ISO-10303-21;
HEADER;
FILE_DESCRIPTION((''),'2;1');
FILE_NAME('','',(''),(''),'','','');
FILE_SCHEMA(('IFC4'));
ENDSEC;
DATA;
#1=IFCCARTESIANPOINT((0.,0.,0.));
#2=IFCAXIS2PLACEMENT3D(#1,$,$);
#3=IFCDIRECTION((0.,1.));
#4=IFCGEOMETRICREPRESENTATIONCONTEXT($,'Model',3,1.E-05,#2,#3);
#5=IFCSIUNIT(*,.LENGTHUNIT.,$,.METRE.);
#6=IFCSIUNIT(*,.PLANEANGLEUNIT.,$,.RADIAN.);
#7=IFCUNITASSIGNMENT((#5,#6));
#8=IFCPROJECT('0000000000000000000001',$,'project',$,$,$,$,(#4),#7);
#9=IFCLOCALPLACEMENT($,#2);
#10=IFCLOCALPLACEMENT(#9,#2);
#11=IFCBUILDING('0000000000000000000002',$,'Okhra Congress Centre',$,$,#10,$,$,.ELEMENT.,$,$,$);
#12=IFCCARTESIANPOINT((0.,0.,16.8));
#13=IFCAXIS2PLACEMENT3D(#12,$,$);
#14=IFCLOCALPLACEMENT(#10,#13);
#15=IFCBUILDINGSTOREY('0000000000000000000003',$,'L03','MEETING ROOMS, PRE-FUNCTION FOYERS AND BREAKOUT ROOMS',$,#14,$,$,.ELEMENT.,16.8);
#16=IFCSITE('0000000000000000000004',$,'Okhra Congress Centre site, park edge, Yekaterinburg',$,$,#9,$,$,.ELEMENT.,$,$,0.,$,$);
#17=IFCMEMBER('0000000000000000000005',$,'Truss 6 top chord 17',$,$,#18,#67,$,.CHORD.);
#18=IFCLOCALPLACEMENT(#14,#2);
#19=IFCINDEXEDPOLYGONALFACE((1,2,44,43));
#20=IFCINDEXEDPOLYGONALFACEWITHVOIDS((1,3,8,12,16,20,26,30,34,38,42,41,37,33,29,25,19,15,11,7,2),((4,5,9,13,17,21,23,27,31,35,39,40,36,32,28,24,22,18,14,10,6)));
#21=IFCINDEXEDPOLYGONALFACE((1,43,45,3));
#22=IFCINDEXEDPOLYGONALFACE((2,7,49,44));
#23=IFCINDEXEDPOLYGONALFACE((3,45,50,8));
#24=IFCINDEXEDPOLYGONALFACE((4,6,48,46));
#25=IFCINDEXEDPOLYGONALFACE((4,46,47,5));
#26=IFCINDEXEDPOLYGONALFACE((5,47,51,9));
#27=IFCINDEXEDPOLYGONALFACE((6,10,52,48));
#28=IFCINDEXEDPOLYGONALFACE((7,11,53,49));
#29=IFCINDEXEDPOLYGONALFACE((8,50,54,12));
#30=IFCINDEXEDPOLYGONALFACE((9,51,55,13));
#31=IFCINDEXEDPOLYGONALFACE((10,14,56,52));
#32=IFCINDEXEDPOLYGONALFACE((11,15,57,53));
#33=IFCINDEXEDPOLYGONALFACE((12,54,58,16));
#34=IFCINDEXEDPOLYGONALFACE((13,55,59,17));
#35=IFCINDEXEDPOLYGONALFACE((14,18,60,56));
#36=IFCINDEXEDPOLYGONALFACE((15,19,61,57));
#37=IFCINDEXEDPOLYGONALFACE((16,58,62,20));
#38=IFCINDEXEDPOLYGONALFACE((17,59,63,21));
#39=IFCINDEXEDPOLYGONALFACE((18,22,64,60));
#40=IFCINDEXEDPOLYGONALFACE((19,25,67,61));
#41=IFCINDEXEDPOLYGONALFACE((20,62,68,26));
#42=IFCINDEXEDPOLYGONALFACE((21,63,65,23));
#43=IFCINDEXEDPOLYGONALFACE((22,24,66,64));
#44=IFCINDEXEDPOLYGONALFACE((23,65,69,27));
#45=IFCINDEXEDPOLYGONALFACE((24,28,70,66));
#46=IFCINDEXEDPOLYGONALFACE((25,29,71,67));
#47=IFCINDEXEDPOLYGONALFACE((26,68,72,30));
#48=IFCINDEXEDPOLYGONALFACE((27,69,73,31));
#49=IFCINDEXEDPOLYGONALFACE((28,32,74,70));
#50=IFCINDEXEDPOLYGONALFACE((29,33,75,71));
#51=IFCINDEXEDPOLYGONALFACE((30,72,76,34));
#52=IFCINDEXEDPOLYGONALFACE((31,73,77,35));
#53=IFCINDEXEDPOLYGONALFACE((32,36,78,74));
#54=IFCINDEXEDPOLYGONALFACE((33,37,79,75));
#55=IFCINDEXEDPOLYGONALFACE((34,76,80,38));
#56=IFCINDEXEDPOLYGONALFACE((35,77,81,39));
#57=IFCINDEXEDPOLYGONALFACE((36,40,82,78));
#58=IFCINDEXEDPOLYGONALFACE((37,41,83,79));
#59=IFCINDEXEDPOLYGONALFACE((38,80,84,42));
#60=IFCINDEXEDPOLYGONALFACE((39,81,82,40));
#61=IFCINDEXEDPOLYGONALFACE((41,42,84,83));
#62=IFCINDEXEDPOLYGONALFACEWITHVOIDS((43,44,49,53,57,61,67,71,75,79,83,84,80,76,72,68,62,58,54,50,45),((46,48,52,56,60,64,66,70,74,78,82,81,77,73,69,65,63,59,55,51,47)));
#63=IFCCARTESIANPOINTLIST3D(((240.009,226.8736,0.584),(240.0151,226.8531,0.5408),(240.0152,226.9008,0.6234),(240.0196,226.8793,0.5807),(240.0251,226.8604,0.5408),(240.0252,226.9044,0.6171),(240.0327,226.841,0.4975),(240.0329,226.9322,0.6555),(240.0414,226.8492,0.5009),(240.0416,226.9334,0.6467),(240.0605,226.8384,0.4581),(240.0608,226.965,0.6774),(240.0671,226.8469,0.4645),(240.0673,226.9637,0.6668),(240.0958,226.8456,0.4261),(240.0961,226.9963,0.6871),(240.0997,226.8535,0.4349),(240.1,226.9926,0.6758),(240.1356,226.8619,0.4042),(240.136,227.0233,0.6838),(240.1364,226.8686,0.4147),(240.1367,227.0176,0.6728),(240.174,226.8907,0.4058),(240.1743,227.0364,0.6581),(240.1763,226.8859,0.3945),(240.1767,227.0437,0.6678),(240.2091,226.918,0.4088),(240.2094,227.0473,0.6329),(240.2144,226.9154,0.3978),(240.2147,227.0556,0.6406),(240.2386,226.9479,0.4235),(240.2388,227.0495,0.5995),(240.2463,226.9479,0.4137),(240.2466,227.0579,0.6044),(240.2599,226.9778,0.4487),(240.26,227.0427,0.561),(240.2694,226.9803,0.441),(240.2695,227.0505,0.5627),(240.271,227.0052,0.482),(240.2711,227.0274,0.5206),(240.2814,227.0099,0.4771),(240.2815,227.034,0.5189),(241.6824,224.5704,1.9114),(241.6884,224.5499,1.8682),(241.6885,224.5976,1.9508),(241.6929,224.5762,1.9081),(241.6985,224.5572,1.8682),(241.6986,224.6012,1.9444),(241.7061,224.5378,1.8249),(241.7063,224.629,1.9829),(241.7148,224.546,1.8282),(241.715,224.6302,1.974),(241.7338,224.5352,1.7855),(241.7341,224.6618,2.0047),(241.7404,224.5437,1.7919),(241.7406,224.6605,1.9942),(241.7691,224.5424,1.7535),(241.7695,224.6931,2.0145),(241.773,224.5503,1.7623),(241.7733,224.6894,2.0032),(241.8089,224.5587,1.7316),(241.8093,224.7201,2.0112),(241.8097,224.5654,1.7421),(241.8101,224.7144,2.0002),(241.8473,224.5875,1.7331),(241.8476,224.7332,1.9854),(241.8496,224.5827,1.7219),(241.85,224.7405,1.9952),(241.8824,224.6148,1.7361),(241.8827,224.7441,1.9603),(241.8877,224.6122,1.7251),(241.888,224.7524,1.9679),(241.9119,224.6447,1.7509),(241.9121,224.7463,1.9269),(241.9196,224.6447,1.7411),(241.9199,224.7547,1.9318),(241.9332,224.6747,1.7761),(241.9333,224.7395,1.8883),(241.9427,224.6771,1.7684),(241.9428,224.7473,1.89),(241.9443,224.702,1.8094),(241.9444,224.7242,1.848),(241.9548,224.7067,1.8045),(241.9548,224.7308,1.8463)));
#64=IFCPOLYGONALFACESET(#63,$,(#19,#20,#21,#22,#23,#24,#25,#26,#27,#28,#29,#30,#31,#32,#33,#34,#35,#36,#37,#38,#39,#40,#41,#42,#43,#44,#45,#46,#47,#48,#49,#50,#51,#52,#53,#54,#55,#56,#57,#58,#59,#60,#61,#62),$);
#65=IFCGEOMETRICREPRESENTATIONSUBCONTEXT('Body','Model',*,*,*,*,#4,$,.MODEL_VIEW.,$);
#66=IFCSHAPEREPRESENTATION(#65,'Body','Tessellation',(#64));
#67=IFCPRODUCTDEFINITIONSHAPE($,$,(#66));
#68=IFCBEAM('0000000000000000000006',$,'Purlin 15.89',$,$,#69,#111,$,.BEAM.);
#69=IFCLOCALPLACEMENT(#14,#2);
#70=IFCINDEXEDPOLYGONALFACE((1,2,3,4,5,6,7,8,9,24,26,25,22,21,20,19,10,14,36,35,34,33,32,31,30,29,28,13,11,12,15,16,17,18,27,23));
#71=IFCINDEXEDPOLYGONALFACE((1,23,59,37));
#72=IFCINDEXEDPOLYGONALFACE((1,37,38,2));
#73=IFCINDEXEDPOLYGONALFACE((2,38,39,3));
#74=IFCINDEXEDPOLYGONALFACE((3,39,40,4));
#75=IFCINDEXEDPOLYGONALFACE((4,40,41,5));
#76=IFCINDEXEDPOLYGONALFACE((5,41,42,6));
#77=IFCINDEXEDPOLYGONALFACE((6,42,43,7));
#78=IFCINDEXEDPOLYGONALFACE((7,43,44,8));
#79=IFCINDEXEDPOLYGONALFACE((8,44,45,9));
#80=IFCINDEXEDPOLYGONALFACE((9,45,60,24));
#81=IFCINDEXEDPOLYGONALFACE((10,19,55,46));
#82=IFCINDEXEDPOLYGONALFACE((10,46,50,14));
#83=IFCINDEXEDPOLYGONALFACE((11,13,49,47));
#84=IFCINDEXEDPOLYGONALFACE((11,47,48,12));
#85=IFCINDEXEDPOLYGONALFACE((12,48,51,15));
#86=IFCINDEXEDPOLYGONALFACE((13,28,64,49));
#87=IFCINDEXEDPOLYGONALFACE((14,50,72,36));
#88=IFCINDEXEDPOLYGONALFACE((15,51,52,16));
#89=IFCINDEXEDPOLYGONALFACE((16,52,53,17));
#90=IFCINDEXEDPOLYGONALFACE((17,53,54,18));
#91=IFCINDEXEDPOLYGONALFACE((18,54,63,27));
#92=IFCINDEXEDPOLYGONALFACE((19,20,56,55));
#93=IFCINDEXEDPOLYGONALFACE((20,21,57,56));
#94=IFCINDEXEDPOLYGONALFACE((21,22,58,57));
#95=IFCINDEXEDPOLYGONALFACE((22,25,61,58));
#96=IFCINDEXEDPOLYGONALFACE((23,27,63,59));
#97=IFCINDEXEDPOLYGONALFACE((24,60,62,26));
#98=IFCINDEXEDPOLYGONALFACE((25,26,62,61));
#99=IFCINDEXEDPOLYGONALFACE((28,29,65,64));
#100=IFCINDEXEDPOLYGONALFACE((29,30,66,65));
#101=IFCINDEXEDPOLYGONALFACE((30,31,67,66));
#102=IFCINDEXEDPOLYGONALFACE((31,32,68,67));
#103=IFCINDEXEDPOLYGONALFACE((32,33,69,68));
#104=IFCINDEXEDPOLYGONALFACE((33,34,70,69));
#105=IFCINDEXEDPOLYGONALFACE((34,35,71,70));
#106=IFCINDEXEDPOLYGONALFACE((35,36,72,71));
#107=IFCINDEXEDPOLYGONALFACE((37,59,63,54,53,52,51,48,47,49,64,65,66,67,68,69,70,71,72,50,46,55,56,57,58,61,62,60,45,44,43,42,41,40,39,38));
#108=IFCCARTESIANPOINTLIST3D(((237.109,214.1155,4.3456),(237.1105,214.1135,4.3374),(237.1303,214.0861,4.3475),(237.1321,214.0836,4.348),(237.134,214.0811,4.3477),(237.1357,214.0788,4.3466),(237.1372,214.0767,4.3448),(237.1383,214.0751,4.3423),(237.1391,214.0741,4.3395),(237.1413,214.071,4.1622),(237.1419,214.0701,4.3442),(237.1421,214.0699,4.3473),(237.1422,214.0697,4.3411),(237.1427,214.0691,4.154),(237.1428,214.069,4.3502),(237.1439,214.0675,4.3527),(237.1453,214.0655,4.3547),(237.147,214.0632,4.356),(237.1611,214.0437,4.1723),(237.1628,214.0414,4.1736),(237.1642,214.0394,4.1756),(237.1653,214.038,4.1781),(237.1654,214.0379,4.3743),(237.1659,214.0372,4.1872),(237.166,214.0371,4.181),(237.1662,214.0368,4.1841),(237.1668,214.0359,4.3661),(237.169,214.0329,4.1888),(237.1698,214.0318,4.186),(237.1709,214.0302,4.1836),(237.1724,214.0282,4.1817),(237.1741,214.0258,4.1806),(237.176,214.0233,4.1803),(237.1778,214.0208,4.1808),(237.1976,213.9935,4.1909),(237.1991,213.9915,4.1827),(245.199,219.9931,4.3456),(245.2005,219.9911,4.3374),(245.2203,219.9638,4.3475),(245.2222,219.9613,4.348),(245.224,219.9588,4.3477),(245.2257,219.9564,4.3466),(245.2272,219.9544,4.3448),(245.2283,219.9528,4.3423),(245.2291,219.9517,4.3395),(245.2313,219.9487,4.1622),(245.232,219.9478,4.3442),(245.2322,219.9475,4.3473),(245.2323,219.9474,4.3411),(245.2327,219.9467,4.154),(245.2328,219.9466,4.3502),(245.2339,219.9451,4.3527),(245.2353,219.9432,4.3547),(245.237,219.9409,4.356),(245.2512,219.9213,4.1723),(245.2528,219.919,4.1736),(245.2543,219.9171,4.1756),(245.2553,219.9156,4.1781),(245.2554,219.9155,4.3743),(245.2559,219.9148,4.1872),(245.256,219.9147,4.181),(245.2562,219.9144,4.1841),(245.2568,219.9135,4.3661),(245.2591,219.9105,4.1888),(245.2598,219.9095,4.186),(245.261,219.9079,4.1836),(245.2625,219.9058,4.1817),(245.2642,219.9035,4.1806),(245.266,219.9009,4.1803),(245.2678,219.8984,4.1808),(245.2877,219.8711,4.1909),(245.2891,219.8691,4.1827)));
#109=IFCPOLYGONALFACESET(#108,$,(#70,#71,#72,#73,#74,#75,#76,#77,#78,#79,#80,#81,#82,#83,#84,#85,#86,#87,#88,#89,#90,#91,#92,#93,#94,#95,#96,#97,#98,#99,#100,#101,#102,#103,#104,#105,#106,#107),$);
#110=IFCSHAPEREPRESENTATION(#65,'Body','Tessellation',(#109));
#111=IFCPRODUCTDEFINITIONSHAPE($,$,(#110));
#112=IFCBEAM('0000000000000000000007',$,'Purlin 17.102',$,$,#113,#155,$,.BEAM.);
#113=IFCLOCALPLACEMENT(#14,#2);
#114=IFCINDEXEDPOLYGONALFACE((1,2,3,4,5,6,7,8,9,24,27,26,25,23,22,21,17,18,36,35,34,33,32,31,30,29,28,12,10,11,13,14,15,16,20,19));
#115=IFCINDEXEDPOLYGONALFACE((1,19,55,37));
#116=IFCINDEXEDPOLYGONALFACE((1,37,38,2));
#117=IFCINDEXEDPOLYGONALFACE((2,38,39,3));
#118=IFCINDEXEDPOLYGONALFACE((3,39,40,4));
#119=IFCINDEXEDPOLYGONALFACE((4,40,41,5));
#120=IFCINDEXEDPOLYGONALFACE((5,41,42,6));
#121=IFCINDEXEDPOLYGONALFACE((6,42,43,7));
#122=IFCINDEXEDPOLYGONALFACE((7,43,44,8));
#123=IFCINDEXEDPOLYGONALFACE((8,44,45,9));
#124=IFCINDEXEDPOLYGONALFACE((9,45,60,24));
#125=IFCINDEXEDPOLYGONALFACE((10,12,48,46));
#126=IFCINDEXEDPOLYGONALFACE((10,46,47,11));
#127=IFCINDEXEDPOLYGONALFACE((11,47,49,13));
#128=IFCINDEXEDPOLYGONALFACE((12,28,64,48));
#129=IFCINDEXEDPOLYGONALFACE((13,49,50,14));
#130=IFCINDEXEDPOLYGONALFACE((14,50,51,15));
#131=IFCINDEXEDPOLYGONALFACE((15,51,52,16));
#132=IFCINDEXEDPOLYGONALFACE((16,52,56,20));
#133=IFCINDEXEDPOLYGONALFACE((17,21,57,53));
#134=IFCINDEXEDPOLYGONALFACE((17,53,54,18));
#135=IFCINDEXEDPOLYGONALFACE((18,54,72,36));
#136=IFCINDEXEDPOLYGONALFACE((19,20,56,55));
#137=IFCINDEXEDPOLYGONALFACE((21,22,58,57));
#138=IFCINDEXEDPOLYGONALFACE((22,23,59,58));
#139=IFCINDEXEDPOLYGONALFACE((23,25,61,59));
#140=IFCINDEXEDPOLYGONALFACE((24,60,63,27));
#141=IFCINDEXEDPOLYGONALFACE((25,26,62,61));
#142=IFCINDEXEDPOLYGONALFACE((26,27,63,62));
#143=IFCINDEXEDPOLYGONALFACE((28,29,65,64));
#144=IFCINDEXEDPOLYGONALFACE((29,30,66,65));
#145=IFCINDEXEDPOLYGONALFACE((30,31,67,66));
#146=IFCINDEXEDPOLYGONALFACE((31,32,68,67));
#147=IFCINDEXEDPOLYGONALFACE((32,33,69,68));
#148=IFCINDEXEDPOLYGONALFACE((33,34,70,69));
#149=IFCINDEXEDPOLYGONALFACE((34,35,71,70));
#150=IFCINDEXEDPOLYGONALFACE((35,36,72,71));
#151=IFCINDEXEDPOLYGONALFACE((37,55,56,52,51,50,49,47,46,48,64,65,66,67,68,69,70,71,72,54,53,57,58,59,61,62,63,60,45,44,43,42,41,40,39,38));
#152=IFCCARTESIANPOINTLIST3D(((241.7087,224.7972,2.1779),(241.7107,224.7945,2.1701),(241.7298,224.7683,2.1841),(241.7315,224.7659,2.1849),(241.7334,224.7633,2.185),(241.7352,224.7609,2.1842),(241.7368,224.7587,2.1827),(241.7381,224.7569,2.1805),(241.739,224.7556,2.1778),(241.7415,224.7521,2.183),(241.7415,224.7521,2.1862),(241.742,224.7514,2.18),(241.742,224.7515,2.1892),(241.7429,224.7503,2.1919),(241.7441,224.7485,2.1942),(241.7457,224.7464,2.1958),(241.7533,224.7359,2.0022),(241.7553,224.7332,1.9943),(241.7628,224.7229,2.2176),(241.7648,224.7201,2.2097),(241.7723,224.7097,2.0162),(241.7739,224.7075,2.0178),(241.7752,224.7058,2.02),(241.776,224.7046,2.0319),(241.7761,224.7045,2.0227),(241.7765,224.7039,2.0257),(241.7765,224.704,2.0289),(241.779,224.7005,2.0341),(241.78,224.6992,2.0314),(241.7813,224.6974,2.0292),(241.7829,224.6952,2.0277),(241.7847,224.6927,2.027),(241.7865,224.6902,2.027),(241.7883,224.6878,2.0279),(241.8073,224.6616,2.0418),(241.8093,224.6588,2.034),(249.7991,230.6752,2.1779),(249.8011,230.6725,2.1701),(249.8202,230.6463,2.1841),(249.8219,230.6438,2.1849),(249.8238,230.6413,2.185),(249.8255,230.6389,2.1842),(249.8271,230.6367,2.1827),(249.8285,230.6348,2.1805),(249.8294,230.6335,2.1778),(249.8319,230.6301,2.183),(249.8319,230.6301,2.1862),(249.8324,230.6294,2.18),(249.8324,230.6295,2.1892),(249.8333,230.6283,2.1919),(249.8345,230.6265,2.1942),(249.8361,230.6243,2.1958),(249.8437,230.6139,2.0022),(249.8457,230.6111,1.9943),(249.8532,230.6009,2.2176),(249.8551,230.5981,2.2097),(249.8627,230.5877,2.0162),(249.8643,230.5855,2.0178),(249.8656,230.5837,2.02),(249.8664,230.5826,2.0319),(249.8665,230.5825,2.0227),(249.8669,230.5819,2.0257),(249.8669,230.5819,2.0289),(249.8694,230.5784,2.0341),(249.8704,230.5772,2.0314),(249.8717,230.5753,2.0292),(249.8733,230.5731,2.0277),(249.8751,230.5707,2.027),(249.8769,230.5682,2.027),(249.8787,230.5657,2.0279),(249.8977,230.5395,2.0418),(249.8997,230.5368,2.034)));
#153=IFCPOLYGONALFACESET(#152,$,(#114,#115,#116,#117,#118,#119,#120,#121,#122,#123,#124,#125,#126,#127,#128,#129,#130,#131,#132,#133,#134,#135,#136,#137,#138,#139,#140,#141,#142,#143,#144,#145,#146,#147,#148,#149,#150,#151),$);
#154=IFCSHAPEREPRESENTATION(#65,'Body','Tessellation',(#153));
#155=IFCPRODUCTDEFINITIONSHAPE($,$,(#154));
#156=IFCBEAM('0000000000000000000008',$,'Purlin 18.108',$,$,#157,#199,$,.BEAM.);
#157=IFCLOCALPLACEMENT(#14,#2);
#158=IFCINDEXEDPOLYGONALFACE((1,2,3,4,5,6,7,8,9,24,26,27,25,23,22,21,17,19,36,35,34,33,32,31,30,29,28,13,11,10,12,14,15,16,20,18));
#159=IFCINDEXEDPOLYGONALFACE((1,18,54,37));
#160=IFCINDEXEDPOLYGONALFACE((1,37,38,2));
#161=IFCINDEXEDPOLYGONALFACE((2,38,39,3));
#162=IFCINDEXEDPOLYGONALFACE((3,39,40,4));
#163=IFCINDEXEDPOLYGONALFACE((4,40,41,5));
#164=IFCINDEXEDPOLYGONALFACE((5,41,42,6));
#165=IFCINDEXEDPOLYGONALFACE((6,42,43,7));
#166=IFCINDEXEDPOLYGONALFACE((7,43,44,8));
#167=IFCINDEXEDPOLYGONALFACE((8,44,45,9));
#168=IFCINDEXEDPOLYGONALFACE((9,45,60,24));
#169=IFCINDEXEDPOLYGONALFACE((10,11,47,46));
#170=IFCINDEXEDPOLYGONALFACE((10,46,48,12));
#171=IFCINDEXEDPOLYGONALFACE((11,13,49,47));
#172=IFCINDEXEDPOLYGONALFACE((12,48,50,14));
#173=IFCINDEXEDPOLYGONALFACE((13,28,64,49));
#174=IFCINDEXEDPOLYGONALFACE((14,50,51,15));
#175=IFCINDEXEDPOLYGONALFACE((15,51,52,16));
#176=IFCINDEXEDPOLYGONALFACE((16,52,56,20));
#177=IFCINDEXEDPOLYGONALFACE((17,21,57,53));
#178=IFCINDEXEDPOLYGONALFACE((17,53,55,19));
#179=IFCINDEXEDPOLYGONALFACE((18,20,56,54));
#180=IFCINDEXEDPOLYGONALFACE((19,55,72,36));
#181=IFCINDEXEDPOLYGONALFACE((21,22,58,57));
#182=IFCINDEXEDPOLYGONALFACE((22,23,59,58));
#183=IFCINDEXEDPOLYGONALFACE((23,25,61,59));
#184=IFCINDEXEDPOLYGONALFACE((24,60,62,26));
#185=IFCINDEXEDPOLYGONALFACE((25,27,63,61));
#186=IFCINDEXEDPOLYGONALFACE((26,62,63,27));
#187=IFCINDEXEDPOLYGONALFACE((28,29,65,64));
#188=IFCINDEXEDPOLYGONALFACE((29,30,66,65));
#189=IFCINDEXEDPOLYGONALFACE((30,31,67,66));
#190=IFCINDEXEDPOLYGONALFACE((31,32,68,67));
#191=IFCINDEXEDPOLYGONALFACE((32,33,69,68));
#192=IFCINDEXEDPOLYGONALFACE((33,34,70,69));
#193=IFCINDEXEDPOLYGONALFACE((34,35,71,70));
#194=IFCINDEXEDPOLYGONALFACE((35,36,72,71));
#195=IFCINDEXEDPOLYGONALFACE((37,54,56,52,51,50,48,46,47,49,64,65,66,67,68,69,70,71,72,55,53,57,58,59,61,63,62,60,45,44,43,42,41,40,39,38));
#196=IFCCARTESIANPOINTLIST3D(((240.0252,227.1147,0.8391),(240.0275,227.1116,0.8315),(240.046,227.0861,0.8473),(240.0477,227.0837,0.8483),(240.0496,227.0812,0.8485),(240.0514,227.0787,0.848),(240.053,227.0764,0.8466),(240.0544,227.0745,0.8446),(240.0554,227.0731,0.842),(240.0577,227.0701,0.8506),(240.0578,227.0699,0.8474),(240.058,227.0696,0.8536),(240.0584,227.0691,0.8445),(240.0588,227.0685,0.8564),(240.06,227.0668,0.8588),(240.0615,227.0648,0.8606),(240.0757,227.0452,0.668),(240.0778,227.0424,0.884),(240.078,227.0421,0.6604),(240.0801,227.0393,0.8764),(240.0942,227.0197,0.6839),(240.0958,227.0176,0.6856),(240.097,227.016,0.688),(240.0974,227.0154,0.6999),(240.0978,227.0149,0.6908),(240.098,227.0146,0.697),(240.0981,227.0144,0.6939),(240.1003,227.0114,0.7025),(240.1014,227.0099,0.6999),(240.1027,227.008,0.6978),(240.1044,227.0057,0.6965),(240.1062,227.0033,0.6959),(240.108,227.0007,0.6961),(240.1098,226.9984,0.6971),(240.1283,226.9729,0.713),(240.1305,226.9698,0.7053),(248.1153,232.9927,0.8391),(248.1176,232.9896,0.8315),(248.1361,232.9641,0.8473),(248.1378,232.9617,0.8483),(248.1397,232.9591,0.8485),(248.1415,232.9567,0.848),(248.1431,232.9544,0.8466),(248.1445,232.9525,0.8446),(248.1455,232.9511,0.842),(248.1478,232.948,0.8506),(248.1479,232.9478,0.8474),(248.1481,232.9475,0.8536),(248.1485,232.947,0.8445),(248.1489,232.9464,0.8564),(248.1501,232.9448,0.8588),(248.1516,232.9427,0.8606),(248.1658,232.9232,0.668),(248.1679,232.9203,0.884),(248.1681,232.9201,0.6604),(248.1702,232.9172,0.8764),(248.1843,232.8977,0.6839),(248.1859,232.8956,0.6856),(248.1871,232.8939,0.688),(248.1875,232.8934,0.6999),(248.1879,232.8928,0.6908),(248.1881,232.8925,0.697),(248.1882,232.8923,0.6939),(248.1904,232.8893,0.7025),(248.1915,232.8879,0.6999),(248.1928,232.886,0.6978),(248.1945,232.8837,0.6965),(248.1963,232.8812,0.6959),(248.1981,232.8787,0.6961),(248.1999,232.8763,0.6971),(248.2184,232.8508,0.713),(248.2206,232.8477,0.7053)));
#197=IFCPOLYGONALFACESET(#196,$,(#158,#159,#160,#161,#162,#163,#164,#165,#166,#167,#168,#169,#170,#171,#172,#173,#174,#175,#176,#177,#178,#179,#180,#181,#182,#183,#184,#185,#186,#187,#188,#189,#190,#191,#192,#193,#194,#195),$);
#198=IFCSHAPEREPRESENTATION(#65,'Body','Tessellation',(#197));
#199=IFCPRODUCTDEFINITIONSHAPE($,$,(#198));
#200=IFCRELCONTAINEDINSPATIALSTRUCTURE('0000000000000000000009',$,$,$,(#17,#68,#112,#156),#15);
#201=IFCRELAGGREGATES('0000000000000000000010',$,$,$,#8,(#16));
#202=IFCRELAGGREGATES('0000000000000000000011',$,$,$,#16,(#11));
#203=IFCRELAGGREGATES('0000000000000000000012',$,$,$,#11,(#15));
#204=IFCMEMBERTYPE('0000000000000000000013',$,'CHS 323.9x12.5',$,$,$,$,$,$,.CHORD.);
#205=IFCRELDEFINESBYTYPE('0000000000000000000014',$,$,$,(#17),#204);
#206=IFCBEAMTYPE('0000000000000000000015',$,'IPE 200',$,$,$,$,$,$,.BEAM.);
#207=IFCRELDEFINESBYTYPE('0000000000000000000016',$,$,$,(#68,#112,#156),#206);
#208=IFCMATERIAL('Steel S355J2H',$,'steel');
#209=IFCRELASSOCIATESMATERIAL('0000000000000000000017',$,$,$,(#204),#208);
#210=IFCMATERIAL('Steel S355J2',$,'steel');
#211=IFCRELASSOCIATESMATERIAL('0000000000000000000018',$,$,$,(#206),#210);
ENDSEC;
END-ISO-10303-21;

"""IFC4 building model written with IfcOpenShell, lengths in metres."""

from ifc_helpers import new_model, si_unit, direction, frame, origin, origin_2d, place, context, subcontext, project, spatial, hollow_circle, i_section, extrude, material, material_profile, profile_set, type_object, element, save


model = new_model("IFC4")

# Units and contexts
model_context = context("Model", 3, precision=1e-05, world=origin(), true_north=direction((0.0, 1.0)))
body_context = subcontext(model_context, "Body", "Model", "MODEL_VIEW")
ifc_project = project(units=[si_unit("LENGTHUNIT", "METRE"), si_unit("PLANEANGLEUNIT", "RADIAN")], contexts=[model_context])

# Site, building, storey
site_placement = place(None, origin())
site = spatial("IfcSite", under=ifc_project, at=site_placement, Name="Okhra Congress Centre site, park edge, Yekaterinburg", CompositionType="ELEMENT", RefElevation=0.0)
building_placement = place(site_placement, origin())
building = spatial("IfcBuilding", under=site, at=building_placement, Name="Okhra Congress Centre", CompositionType="ELEMENT")
storey_placement = place(building_placement, frame((0.0, 0.0, 16.8)))
storey = spatial("IfcBuildingStorey", under=building, at=storey_placement, Name="L03", Description="MEETING ROOMS, PRE-FUNCTION FOYERS AND BREAKOUT ROOMS", CompositionType="ELEMENT", Elevation=16.8)

# Member
ifc_material_1 = material(Name="Steel S355J2H", Category="steel")
ifc_material_profile_1 = material_profile(ifc_material_1, hollow_circle(Radius=0.1619, WallThickness=0.0125, at=origin_2d()), Name="CHS 323.9x12.5")
ifc_profile_set_1 = profile_set([ifc_material_profile_1], Name="Steel S355J2H")
member_type_1 = type_object("IfcMemberType", Name="CHS 323.9x12.5", PredefinedType="CHORD", material=ifc_profile_set_1)
member_1_placement = place(storey_placement, frame((241.8193, 224.645, 1.8682), z_axis=(-0.532714, 0.73324, -0.422581), x_axis=(-0.809025, -0.587774, 0.0)))
element("IfcMember", 1, at=member_1_placement, inside=storey, type_object=member_type_1, Name="Truss 6 top chord 17", PredefinedType="CHORD", context=body_context, shape_type="SweptSolid", body=[
    extrude(hollow_circle(Radius=0.1619, WallThickness=0.0125, at=origin_2d()), origin(), (0.0, 0.0, 1.0), 3.1411),
])

# Beams
ifc_material_2 = material(Name="Steel S355J2", Category="steel")
ifc_material_profile_2 = material_profile(ifc_material_2, i_section(OverallWidth=0.1001, OverallDepth=0.2, WebThickness=0.0056, FlangeThickness=0.0085, FilletRadius=0.012, at=origin_2d()), Name="IPE 200")
ifc_profile_set_2 = profile_set([ifc_material_profile_2], Name="Steel S355J2")
beam_type = type_object("IfcBeamType", Name="IPE 200", PredefinedType="BEAM", material=ifc_profile_set_2)
beam_1_placement = place(storey_placement, frame((237.1541, 214.0535, 4.2642), z_axis=(0.809022, 0.587778, 0.0), x_axis=(-0.563085, 0.775035, -0.286803)))
element("IfcBeam", 2, at=beam_1_placement, inside=storey, type_object=beam_type, Name="Purlin 15.89", PredefinedType="BEAM", context=body_context, shape_type="SweptSolid", body=[
    extrude(i_section(OverallWidth=0.1001, OverallDepth=0.2, WebThickness=0.0056, FlangeThickness=0.0085, FilletRadius=0.012, at=origin_2d()), origin(), (0.0, 0.0, 1.0), 9.9998),
])
beam_2_placement = place(storey_placement, frame((241.759, 224.728, 2.106), z_axis=(0.809019, 0.587783, 0.0), x_axis=(-0.539711, 0.742854, -0.39608)))
element("IfcBeam", 3, at=beam_2_placement, inside=storey, type_object=beam_type, Name="Purlin 17.102", PredefinedType="BEAM", context=body_context, shape_type="SweptSolid", body=[
    extrude(i_section(OverallWidth=0.1001, OverallDepth=0.2, WebThickness=0.0056, FlangeThickness=0.0085, FilletRadius=0.012, at=origin_2d()), origin(), (0.0, 0.0, 1.0), 10.0002),
])
beam_3_placement = place(storey_placement, frame((240.0779, 227.0422, 0.7722), z_axis=(0.80901, 0.587794, 0.0), x_axis=(-0.525272, 0.722958, -0.448799)))
element("IfcBeam", 4, at=beam_3_placement, inside=storey, type_object=beam_type, Name="Purlin 18.108", PredefinedType="BEAM", context=body_context, shape_type="SweptSolid", body=[
    extrude(i_section(OverallWidth=0.1001, OverallDepth=0.2, WebThickness=0.0056, FlangeThickness=0.0085, FilletRadius=0.012, at=origin_2d()), origin(), (0.0, 0.0, 1.0), 10.0),
])

save(model, "model.ifc")
